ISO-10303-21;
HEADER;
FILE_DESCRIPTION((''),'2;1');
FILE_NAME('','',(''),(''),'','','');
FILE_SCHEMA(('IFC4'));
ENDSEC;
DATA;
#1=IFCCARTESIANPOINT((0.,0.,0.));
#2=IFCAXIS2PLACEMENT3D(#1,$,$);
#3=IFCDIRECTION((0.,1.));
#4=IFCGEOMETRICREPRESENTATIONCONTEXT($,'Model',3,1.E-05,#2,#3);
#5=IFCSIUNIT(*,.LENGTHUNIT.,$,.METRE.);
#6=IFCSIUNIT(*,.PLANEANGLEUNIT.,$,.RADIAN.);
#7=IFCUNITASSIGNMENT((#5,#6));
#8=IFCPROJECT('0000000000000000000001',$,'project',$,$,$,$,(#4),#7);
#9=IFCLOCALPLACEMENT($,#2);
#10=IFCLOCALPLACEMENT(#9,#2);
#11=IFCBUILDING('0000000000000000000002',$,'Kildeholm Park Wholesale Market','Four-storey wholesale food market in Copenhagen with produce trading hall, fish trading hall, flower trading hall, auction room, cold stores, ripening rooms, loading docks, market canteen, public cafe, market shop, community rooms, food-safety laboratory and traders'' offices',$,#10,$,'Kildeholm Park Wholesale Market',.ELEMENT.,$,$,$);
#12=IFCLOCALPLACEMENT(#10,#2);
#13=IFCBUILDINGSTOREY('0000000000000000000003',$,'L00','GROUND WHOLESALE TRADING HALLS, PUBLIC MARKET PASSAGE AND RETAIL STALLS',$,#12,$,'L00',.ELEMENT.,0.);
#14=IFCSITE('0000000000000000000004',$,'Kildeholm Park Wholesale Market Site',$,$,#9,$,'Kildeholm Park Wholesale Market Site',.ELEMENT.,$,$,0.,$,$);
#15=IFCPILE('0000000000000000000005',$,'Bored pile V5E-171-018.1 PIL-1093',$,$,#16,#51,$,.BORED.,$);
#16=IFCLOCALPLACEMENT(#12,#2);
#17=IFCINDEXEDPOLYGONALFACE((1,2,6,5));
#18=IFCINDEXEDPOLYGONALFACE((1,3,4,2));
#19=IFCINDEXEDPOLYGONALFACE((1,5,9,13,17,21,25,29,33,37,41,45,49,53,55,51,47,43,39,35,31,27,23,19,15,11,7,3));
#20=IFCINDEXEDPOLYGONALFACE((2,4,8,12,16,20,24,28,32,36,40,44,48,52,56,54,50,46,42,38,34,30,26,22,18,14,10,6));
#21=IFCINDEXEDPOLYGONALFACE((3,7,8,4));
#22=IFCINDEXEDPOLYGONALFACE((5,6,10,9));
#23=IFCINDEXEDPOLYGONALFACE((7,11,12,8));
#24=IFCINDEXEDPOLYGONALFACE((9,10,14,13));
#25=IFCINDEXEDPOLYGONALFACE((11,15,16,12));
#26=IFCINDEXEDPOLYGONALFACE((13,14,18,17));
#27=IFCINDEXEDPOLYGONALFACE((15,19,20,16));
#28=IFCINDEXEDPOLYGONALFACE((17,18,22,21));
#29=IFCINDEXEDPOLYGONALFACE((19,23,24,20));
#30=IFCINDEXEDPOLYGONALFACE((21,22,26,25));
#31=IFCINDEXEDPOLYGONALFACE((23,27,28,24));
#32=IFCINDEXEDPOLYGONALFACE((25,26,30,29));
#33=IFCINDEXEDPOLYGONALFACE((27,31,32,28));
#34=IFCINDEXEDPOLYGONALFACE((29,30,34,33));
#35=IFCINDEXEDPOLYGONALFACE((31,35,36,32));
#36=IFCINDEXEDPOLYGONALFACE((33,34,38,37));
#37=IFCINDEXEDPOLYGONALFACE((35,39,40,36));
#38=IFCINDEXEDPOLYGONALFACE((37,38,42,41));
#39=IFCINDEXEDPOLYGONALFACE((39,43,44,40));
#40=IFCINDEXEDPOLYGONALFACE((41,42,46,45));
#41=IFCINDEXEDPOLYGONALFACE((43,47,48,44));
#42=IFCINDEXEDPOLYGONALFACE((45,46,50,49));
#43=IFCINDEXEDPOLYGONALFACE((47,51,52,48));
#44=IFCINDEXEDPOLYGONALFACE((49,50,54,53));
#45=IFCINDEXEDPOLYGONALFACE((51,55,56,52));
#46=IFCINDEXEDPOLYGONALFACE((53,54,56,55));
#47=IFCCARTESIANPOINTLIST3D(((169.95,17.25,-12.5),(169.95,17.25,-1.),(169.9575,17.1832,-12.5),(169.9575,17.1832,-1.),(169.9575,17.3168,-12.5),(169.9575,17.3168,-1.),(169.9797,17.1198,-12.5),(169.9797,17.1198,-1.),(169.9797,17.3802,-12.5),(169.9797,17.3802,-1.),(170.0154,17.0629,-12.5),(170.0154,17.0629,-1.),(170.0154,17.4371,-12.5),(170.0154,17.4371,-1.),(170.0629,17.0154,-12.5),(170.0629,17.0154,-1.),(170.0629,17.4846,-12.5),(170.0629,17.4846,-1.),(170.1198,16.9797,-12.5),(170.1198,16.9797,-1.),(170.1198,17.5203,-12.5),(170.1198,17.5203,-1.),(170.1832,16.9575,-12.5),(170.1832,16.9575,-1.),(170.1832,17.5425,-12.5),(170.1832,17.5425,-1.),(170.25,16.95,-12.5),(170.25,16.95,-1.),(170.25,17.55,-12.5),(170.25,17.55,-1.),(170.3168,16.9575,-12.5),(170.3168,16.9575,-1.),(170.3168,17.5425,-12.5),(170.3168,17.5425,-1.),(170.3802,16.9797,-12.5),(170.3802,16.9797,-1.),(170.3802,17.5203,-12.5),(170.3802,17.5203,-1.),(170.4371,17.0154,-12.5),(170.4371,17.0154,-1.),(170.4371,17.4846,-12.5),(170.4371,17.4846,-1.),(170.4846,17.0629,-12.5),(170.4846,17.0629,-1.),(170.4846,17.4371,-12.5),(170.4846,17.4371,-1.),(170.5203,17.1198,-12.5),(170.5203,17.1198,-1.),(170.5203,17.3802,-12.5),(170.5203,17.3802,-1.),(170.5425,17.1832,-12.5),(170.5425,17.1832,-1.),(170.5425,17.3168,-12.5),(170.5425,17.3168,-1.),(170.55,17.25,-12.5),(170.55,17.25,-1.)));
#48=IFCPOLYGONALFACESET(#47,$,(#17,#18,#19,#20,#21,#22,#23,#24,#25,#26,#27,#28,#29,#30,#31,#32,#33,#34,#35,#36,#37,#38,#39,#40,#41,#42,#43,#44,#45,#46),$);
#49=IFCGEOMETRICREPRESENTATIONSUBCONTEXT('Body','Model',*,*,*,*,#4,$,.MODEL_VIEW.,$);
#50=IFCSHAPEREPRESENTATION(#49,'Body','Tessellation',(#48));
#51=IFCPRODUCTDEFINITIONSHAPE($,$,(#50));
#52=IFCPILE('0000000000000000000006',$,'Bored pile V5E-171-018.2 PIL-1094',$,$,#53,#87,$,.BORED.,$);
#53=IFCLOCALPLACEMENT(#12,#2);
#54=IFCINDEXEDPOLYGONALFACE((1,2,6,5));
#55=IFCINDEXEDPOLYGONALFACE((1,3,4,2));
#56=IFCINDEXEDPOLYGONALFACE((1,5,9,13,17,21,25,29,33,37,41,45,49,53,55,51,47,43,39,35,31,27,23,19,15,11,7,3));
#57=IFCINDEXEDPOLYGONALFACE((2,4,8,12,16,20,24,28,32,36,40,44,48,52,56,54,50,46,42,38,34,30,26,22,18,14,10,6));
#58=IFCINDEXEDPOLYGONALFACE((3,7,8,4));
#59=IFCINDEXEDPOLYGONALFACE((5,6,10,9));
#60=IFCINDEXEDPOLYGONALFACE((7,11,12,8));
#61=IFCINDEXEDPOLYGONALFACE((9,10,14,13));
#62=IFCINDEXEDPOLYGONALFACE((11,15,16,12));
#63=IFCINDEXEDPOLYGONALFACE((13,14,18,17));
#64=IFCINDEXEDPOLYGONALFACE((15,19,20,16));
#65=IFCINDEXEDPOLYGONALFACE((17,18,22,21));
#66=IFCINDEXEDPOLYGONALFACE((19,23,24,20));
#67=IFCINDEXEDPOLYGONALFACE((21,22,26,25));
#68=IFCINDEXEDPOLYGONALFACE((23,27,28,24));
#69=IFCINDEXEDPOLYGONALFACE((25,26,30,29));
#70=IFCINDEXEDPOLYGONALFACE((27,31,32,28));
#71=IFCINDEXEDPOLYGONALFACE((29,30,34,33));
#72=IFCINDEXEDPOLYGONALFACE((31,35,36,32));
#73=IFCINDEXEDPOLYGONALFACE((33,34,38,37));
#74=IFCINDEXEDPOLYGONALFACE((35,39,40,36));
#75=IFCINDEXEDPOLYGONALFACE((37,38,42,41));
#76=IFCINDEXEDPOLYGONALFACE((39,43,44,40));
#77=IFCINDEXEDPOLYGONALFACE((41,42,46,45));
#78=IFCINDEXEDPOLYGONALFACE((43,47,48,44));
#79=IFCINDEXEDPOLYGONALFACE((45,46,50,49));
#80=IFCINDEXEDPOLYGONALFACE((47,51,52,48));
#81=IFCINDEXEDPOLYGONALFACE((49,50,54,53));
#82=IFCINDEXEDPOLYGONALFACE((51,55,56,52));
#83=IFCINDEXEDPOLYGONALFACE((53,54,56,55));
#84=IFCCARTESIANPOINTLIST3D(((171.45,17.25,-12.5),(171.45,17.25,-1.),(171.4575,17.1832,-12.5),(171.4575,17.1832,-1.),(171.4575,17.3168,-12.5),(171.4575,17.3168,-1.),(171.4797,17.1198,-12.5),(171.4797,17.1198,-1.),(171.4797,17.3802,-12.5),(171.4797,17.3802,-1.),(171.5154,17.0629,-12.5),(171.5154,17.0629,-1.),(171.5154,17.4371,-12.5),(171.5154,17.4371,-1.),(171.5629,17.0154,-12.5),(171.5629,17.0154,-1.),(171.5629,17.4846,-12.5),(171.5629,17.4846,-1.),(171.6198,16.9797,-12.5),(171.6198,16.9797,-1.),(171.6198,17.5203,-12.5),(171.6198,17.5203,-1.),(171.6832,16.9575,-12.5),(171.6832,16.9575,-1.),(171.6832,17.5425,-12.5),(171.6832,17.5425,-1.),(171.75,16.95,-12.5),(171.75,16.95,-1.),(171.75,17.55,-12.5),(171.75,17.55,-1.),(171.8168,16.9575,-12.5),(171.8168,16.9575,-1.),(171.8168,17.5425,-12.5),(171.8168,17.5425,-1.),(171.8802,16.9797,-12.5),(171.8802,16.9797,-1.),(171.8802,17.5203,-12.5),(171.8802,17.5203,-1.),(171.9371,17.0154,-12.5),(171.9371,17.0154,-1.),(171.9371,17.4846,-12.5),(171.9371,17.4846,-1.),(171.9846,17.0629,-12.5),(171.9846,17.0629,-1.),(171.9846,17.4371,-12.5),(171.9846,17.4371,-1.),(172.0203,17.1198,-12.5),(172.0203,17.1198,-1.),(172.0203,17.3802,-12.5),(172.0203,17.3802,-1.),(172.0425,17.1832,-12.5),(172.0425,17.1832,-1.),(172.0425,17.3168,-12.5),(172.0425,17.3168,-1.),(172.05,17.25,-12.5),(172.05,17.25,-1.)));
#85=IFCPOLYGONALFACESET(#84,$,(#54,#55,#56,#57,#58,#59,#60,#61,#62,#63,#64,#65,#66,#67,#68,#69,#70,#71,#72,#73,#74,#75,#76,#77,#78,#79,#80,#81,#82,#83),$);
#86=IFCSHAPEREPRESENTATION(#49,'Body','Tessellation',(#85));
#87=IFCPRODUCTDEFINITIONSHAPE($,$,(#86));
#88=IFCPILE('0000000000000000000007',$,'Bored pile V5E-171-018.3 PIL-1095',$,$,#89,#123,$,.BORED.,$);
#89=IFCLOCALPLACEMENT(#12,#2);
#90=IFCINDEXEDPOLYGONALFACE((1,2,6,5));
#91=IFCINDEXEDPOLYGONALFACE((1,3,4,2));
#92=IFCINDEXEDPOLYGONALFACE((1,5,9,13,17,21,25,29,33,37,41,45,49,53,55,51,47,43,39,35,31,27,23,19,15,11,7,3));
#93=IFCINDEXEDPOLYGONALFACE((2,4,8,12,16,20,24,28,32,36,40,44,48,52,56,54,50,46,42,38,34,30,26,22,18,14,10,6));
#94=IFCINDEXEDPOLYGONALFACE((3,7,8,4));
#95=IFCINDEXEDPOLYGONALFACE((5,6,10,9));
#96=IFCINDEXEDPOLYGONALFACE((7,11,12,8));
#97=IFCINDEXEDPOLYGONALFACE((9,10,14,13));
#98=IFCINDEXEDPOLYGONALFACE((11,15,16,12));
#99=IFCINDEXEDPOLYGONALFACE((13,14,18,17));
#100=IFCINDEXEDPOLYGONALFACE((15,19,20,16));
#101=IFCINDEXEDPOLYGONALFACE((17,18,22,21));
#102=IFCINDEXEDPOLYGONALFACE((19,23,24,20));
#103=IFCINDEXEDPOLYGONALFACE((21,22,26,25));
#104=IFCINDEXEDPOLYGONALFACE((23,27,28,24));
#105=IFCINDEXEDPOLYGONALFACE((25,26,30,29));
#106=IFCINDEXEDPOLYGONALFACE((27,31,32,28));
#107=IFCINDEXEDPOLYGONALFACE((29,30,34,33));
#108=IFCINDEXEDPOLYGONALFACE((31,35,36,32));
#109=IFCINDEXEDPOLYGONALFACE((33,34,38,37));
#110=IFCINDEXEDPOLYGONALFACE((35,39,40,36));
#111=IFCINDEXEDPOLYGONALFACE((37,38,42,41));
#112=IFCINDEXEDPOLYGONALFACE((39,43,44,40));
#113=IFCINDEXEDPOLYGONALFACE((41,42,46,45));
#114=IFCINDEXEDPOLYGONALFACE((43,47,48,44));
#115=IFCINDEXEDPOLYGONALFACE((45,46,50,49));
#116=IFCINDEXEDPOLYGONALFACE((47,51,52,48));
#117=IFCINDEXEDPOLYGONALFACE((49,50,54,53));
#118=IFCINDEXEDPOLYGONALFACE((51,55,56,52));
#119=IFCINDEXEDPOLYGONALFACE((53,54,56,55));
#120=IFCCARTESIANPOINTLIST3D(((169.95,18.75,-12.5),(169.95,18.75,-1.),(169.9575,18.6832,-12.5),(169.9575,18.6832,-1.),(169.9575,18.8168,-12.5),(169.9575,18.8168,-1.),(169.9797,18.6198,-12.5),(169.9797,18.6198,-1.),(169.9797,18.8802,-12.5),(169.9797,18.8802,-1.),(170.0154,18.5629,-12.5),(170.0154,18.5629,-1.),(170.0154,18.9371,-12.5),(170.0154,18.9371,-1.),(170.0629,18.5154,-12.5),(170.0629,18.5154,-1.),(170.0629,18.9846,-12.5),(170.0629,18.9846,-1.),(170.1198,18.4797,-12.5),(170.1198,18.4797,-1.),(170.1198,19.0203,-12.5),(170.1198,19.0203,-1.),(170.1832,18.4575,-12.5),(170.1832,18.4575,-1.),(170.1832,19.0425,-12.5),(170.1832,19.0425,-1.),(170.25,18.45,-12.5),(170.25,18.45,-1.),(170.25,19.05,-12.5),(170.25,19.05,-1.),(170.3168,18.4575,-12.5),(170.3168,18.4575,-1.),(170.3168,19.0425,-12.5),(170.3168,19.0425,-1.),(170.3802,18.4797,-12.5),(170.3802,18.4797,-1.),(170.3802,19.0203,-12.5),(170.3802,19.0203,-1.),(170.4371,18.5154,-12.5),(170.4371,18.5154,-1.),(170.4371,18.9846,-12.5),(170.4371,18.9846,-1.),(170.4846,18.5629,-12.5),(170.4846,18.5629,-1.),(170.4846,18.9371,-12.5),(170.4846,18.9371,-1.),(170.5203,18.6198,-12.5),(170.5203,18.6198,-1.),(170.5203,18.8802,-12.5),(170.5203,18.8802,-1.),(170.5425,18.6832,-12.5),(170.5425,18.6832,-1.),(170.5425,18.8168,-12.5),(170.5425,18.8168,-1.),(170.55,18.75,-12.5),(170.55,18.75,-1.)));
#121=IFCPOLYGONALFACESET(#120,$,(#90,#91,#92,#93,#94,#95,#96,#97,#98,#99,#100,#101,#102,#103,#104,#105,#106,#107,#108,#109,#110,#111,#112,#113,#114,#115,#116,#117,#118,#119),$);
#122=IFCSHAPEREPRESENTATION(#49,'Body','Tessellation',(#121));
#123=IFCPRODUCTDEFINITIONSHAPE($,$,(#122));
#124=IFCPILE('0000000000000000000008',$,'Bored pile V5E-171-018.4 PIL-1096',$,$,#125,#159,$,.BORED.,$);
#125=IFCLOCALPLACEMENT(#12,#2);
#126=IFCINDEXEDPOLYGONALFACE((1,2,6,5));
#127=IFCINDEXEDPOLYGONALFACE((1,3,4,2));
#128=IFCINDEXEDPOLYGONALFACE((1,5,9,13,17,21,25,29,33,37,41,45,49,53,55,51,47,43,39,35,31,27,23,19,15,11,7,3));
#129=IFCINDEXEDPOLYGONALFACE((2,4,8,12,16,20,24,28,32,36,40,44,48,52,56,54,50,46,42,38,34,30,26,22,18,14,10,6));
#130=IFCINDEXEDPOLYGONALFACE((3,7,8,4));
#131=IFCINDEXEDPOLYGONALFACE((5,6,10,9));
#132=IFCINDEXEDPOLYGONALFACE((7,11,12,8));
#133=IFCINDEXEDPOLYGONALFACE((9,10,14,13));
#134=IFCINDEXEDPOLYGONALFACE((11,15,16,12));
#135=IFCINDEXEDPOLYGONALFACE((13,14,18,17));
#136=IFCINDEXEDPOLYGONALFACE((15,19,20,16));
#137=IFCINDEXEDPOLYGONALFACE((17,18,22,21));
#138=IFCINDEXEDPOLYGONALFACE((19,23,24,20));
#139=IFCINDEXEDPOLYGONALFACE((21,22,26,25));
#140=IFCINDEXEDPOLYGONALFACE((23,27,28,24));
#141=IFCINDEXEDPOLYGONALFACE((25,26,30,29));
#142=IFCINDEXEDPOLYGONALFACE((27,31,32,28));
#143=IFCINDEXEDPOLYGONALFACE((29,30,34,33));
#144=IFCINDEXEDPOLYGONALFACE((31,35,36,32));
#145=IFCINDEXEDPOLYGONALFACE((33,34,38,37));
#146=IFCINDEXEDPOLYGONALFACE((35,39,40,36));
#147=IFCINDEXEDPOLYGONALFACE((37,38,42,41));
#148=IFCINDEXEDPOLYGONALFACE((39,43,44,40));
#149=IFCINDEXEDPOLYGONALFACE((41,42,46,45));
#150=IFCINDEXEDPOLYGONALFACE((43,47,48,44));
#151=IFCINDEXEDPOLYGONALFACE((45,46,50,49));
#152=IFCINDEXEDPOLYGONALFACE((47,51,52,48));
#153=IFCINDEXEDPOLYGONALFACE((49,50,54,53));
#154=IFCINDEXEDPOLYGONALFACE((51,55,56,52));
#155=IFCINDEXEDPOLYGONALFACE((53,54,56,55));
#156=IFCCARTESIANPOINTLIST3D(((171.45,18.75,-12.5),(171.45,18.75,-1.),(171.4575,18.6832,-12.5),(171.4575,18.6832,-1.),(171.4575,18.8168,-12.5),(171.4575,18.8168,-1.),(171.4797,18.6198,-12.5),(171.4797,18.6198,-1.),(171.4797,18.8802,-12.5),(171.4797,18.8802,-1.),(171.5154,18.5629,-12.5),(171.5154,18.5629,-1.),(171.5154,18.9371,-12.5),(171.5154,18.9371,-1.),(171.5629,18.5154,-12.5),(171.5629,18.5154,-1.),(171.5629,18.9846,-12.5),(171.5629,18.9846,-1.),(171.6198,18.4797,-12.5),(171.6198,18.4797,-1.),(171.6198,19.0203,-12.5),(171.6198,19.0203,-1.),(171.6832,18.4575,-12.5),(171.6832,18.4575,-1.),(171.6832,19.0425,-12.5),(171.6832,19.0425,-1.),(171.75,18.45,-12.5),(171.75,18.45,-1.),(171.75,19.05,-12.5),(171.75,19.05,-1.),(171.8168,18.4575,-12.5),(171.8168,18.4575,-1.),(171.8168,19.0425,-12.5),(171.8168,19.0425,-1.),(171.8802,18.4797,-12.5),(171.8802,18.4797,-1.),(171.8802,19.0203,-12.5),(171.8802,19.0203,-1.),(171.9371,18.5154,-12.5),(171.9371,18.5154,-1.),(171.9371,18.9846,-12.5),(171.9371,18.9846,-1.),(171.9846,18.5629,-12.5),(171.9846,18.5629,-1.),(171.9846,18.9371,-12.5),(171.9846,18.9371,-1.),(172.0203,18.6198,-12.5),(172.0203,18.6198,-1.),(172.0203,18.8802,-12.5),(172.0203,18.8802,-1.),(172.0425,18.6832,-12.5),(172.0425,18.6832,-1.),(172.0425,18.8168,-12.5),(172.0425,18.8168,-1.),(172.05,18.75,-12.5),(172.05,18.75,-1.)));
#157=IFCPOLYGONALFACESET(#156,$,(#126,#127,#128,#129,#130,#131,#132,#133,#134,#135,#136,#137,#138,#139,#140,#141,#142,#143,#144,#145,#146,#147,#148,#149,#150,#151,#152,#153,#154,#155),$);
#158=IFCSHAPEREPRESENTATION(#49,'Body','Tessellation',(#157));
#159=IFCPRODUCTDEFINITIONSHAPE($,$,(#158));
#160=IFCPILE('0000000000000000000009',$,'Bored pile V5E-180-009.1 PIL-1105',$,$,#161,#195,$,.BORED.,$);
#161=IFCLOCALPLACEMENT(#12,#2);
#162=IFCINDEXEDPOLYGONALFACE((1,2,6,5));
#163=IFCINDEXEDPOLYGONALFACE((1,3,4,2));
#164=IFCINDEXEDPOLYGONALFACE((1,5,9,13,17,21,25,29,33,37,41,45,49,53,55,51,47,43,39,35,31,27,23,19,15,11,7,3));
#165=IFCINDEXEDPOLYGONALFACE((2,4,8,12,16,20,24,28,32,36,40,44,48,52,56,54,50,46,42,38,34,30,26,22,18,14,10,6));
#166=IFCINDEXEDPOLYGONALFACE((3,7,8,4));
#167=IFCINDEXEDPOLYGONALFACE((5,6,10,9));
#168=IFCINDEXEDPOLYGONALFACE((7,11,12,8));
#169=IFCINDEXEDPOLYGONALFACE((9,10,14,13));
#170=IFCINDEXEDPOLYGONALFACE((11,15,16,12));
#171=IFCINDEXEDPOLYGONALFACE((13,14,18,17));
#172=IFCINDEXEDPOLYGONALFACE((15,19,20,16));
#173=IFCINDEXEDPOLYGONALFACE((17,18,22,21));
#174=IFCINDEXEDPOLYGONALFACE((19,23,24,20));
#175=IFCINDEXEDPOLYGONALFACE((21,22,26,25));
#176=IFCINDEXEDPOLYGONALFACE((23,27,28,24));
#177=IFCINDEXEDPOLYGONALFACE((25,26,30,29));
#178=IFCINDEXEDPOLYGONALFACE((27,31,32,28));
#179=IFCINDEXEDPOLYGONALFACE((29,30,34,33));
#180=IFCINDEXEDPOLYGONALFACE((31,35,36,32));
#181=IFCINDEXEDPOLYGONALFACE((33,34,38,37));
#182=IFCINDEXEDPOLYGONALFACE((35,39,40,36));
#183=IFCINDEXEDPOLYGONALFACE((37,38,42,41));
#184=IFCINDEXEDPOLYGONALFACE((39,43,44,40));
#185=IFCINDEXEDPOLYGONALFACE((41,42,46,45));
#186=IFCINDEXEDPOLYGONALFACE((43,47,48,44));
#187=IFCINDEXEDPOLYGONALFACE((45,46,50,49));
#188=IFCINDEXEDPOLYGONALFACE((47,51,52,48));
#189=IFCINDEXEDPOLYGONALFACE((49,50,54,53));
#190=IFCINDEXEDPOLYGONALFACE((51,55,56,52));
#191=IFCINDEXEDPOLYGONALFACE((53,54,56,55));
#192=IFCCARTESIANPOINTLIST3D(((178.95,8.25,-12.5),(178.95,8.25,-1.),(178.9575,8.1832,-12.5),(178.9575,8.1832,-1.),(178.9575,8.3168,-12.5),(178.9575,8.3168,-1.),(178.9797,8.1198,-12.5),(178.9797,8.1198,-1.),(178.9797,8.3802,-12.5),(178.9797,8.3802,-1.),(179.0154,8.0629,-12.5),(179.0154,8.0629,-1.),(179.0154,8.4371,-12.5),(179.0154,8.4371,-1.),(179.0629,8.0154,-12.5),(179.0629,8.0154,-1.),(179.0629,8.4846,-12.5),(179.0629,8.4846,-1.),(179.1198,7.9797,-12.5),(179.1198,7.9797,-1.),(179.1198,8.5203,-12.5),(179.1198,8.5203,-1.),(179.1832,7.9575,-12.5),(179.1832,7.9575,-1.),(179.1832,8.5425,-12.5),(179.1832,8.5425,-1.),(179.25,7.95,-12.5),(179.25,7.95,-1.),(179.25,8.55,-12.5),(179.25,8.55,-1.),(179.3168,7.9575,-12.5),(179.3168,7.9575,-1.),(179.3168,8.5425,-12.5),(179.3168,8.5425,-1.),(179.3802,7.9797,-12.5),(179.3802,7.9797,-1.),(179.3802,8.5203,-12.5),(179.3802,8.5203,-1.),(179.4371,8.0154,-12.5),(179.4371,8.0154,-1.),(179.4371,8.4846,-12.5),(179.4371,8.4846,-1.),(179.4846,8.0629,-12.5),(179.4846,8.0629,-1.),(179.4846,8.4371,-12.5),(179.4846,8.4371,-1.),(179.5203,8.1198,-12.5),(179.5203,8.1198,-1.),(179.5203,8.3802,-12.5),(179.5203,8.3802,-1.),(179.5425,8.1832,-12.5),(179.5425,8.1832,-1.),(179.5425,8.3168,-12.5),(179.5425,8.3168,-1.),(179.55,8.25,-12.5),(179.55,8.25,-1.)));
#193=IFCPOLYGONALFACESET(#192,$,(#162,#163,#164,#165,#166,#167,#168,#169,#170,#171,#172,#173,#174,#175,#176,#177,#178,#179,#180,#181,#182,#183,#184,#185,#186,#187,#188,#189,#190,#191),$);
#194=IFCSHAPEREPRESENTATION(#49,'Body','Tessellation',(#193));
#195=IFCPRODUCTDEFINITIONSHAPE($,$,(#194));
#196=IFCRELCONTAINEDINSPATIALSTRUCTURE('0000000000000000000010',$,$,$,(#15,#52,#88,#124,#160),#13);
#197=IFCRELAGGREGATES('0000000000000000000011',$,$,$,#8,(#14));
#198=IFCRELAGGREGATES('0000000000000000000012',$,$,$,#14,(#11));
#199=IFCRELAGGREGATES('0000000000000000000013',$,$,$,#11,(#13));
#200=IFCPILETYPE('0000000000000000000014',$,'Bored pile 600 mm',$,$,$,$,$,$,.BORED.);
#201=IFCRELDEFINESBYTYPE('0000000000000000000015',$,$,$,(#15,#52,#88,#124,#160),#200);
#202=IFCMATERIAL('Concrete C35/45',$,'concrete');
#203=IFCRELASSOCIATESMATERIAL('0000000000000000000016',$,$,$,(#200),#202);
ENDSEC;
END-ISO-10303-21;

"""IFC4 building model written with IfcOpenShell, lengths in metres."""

from ifc_helpers import new_model, si_unit, direction, frame, origin, origin_2d, place, context, subcontext, project, spatial, circle, extrude, material, material_profile, profile_set, type_object, element, save


model = new_model("IFC4")

# Units and contexts
model_context = context("Model", 3, precision=1e-05, world=origin(), true_north=direction((0.0, 1.0)))
body_context = subcontext(model_context, "Body", "Model", "MODEL_VIEW")
ifc_project = project(units=[si_unit("LENGTHUNIT", "METRE"), si_unit("PLANEANGLEUNIT", "RADIAN")], contexts=[model_context])

# Site, building, storey
site_placement = place(None, origin())
site = spatial("IfcSite", under=ifc_project, at=site_placement, Name="Kildeholm Park Wholesale Market Site", LongName="Kildeholm Park Wholesale Market Site", CompositionType="ELEMENT", RefElevation=0.0)
building_placement = place(site_placement, origin())
building = spatial("IfcBuilding", under=site, at=building_placement, Name="Kildeholm Park Wholesale Market", Description="Four-storey wholesale food market in Copenhagen with produce trading hall, fish trading hall, flower trading hall, auction room, cold stores, ripening rooms, loading docks, market canteen, public cafe, market shop, community rooms, food-safety laboratory and traders' offices", LongName="Kildeholm Park Wholesale Market", CompositionType="ELEMENT")
storey_placement = place(building_placement, origin())
storey = spatial("IfcBuildingStorey", under=building, at=storey_placement, Name="L00", Description="GROUND WHOLESALE TRADING HALLS, PUBLIC MARKET PASSAGE AND RETAIL STALLS", LongName="L00", CompositionType="ELEMENT", Elevation=0.0)

# Piles
ifc_material_1 = material(Name="Concrete C35/45", Category="concrete")
ifc_material_profile_1 = material_profile(ifc_material_1, circle(Radius=0.3, at=origin_2d()), Name="PILE D600")
ifc_profile_set_1 = profile_set([ifc_material_profile_1], Name="Concrete C35/45")
pile_type = type_object("IfcPileType", Name="Bored pile 600 mm", PredefinedType="BORED", material=ifc_profile_set_1)
for number, where, z_axis, x_axis, name in (
    (1, (170.25, 17.25, -1.0), (0.0, 0.0, -1.0), (1.0, 0.0, 0.0), "Bored pile V5E-171-018.1 PIL-1093"),
    (2, (171.75, 17.25, -1.0), (0.0, 0.0, -1.0), (1.0, 0.0, 0.0), "Bored pile V5E-171-018.2 PIL-1094"),
    (3, (170.25, 18.75, -1.0), (0.0, 0.0, -1.0), (1.0, 0.0, 0.0), "Bored pile V5E-171-018.3 PIL-1095"),
    (4, (171.75, 18.75, -1.0), (0.0, 0.0, -1.0), (1.0, 0.0, 0.0), "Bored pile V5E-171-018.4 PIL-1096"),
    (5, (179.25, 8.25, -1.0), (0.0, 0.0, -1.0), (1.0, 0.0, 0.0), "Bored pile V5E-180-009.1 PIL-1105"),
):
    element("IfcPile", number, at=place(storey_placement, frame(where, z_axis=z_axis, x_axis=x_axis)), inside=storey, type_object=pile_type, Name=name, PredefinedType="BORED", context=body_context, shape_type="SweptSolid", body=[
        extrude(circle(Radius=0.3, at=origin_2d()), origin(), (0.0, 0.0, 1.0), 11.5),
    ])

save(model, "model.ifc")
